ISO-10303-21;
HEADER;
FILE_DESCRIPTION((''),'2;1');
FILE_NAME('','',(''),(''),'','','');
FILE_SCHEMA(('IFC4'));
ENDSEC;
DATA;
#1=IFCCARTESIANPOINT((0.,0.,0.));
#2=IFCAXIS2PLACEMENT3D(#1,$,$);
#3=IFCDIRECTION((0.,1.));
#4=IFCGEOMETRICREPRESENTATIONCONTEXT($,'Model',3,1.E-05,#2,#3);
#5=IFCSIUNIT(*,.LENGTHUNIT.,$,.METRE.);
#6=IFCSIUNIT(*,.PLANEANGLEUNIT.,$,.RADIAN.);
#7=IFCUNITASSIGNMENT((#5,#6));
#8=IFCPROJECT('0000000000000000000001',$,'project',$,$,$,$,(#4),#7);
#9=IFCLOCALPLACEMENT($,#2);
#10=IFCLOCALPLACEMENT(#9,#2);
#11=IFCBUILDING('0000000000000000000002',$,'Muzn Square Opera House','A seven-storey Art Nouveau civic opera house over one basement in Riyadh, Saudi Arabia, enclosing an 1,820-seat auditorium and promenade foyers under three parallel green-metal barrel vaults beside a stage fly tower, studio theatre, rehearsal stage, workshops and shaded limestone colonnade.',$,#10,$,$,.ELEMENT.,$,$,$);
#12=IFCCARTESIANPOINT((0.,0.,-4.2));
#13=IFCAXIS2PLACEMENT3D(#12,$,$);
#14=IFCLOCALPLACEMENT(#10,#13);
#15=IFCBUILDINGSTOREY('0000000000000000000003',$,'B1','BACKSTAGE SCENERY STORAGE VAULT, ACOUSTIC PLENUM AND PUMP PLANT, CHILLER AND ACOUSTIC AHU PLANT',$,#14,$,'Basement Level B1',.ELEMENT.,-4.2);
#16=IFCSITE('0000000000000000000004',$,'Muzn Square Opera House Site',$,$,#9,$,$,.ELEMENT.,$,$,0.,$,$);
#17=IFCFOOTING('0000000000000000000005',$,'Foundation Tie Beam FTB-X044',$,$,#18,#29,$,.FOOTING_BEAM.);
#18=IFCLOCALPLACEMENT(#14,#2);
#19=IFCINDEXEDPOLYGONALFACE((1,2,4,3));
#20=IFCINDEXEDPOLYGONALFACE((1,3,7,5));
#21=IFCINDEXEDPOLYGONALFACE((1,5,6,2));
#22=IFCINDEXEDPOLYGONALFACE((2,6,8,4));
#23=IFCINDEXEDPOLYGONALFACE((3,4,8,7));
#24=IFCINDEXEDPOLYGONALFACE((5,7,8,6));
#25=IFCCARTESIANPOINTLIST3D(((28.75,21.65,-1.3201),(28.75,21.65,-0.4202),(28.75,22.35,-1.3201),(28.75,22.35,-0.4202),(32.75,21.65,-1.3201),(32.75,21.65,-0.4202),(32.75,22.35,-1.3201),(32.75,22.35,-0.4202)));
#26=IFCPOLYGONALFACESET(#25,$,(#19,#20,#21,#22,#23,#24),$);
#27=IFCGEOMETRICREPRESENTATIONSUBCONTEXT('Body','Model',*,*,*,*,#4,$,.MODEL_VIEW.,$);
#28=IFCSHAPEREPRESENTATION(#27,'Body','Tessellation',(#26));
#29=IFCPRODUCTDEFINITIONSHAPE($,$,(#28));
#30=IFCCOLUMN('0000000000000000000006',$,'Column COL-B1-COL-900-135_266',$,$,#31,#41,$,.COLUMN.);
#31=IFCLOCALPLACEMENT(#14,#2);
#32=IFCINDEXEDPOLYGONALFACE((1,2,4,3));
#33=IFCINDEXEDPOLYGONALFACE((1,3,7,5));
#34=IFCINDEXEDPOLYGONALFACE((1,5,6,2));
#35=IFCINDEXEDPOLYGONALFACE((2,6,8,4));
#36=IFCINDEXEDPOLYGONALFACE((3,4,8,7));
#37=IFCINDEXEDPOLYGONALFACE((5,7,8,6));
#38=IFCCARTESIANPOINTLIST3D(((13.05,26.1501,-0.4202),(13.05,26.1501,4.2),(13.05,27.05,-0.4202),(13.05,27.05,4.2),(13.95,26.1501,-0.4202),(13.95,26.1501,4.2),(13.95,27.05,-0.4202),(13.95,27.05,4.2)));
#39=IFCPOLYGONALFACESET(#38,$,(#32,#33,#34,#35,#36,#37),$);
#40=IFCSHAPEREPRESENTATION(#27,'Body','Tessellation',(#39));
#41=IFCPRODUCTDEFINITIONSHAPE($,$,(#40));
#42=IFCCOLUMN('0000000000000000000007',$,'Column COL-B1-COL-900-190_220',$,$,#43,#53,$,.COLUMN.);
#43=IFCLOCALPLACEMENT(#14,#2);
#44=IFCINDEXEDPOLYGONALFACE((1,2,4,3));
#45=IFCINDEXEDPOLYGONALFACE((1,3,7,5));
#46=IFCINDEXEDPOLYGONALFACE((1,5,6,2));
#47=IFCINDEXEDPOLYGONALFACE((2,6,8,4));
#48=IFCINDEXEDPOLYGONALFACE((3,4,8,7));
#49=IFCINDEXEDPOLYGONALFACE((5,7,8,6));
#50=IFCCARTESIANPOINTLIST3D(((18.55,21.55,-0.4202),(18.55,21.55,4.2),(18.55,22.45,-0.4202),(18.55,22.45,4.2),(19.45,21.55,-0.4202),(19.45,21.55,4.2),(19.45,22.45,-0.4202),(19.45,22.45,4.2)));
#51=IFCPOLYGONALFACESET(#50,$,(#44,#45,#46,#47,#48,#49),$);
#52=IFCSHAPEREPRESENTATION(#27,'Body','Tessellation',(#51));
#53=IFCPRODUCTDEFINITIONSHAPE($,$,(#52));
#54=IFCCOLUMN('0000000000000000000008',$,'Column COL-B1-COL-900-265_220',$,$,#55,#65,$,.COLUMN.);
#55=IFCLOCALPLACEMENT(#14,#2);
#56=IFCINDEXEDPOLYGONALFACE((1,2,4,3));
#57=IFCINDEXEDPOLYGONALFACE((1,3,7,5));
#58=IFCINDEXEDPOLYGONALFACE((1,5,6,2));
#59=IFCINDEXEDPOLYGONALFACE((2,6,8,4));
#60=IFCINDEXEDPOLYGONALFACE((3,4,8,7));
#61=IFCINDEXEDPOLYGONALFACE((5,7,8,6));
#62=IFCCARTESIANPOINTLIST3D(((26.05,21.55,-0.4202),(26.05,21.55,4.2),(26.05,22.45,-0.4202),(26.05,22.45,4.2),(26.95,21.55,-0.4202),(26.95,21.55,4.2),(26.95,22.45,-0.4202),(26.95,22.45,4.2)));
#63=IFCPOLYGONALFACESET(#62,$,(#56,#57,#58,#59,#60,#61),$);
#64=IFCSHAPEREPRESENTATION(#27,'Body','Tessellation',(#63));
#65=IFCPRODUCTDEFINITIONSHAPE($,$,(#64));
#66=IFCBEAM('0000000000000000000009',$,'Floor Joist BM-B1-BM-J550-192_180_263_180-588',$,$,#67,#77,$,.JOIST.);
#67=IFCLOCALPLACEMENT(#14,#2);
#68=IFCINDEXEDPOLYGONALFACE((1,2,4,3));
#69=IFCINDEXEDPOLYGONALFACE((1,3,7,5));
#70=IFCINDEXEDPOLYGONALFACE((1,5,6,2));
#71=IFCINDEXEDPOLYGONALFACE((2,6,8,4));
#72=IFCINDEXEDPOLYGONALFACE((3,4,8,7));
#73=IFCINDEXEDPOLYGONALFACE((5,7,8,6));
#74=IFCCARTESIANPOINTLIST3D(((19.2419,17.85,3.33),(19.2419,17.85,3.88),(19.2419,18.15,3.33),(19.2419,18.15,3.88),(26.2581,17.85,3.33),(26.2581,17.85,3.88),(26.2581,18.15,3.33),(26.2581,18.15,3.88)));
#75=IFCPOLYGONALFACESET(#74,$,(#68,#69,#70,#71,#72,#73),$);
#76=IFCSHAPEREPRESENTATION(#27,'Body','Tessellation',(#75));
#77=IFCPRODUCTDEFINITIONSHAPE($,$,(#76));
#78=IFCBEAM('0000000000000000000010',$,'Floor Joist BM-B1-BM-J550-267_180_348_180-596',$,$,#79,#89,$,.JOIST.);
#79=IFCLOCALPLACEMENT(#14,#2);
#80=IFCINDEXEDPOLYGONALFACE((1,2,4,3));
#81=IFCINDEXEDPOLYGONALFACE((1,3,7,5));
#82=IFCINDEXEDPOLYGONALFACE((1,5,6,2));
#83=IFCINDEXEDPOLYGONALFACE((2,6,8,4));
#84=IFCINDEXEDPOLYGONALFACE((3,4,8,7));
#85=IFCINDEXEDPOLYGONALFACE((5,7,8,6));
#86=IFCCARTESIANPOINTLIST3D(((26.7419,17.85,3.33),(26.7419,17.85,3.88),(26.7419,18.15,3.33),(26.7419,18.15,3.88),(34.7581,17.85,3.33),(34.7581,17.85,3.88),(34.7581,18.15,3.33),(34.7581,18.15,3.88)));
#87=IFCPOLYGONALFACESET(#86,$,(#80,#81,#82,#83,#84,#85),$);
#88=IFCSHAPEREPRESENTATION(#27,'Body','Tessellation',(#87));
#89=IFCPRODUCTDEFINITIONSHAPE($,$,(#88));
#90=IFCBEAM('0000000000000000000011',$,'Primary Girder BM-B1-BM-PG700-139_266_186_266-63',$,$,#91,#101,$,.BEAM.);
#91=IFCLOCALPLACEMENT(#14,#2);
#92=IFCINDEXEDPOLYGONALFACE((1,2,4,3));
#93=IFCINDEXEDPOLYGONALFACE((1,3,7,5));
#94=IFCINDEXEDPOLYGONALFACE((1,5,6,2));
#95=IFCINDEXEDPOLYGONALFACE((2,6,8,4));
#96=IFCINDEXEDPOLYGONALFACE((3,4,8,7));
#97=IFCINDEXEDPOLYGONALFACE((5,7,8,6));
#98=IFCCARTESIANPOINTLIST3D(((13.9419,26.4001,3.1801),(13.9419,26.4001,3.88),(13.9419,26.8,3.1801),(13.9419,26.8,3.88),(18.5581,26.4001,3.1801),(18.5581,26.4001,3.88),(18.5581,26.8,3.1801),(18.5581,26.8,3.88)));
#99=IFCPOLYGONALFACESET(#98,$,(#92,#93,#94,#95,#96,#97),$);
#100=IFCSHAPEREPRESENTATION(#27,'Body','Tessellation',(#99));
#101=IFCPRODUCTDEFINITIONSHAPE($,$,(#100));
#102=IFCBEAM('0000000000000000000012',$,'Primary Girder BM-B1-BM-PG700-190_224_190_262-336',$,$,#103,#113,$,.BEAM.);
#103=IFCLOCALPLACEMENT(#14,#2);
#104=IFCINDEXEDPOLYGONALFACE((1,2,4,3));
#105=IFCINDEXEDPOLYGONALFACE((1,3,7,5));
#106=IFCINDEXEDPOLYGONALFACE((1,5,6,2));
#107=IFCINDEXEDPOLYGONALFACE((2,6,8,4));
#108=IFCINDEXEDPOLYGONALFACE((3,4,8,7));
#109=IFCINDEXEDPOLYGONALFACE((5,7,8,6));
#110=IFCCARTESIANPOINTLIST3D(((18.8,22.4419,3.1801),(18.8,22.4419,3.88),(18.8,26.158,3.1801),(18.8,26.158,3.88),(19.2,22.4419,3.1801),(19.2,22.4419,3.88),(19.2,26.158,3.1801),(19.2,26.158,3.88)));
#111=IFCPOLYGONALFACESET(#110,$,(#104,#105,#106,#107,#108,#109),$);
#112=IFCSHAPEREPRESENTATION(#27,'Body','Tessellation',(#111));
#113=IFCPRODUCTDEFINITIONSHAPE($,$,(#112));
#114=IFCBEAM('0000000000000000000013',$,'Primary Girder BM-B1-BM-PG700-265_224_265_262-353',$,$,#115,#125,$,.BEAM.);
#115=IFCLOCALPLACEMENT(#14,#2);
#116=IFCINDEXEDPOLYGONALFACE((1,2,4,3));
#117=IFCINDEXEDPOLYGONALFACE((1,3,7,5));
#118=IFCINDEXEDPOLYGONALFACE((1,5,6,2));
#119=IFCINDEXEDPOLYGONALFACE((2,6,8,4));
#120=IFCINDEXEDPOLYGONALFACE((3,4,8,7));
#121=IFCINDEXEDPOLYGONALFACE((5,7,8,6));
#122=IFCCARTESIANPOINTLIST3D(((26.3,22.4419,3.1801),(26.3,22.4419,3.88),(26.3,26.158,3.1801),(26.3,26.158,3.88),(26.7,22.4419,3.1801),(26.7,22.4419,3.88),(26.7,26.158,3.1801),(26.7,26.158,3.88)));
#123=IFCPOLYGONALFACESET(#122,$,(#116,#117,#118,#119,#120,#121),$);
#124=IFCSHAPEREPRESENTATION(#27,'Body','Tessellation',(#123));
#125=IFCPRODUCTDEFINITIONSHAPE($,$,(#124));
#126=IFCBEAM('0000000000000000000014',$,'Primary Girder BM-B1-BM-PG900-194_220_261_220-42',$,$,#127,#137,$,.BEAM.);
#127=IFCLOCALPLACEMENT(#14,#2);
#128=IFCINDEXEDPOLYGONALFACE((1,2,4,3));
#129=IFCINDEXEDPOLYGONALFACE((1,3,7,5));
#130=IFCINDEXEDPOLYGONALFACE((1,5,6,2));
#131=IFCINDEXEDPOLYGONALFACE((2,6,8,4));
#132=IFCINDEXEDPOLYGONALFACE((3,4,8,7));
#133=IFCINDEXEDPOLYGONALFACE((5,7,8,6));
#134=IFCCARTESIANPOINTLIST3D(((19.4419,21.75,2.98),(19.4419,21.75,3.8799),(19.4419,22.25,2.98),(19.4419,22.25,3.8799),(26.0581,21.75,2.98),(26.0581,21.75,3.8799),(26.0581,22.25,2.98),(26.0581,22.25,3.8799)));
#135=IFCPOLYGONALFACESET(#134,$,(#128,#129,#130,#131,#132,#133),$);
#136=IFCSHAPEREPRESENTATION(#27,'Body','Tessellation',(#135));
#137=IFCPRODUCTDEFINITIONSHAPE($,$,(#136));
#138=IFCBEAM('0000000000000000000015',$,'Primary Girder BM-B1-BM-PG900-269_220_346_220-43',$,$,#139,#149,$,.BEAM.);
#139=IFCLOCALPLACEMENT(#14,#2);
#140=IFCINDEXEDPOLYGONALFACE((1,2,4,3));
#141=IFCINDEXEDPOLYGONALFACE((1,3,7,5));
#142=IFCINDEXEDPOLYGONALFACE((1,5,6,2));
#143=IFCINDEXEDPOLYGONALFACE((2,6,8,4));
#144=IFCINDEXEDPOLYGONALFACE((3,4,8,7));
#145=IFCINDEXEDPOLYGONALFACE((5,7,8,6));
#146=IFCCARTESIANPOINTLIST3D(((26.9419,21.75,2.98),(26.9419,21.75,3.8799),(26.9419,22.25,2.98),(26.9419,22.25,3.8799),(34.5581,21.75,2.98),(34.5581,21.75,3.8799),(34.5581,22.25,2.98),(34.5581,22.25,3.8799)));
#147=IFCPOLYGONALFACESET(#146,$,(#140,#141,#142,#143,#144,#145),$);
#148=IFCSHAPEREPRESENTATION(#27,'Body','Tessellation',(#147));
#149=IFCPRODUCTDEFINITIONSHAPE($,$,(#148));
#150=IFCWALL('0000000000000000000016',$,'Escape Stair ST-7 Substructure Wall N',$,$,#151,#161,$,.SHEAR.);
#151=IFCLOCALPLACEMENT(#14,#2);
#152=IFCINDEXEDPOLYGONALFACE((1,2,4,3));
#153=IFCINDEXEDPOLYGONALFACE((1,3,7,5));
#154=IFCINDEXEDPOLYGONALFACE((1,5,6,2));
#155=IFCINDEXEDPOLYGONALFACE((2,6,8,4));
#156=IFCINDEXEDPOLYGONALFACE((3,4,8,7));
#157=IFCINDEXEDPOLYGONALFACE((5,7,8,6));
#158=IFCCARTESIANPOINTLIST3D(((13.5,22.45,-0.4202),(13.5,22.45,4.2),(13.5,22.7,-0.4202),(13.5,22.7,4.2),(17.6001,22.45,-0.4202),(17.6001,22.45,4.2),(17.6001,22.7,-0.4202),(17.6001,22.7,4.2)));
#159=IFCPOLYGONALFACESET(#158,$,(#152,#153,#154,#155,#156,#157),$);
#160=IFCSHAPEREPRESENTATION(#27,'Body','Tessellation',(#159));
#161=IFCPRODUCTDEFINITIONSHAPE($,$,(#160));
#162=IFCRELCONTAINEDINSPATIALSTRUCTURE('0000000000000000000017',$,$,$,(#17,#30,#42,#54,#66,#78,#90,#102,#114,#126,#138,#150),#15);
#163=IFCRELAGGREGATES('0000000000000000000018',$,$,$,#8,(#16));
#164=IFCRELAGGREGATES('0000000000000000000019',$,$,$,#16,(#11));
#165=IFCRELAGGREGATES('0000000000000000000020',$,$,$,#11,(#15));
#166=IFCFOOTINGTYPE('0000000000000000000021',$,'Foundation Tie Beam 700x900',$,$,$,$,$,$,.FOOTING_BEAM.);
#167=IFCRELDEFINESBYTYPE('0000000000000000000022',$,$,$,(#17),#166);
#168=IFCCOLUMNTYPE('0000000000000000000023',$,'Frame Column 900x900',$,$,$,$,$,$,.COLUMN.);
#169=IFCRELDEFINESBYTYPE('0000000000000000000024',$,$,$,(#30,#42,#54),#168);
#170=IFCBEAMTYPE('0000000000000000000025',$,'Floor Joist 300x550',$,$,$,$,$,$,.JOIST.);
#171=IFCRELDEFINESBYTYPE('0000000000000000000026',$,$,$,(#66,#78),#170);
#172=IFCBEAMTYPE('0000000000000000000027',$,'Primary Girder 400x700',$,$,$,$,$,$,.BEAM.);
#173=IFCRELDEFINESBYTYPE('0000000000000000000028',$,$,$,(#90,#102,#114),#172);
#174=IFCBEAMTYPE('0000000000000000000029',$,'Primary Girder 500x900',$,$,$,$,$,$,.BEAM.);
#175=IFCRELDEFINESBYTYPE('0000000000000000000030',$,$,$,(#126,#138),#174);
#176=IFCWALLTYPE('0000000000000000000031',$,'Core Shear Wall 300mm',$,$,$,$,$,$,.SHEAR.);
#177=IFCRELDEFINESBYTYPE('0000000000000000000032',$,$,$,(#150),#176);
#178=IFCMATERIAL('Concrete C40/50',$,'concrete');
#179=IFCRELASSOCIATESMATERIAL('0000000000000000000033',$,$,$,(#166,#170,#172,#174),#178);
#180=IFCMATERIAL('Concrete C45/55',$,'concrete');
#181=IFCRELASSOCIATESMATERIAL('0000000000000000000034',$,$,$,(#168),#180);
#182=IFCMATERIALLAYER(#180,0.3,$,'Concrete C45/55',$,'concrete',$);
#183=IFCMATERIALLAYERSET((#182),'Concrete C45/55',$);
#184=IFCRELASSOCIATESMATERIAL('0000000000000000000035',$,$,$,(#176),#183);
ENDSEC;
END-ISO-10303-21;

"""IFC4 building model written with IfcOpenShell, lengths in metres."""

from ifc_helpers import new_model, si_unit, direction, frame, frame_2d, origin, origin_2d, place, context, subcontext, project, spatial, rectangle, extrude, material, layer, layer_set, material_profile, profile_set, type_object, element, save


model = new_model("IFC4")

# Units and contexts
model_context = context("Model", 3, precision=1e-05, world=origin(), true_north=direction((0.0, 1.0)))
body_context = subcontext(model_context, "Body", "Model", "MODEL_VIEW")
ifc_project = project(units=[si_unit("LENGTHUNIT", "METRE"), si_unit("PLANEANGLEUNIT", "RADIAN")], contexts=[model_context])

# Site, building, storey
site_placement = place(None, origin())
site = spatial("IfcSite", under=ifc_project, at=site_placement, Name="Muzn Square Opera House Site", CompositionType="ELEMENT", RefElevation=0.0)
building_placement = place(site_placement, origin())
building = spatial("IfcBuilding", under=site, at=building_placement, Name="Muzn Square Opera House", Description="A seven-storey Art Nouveau civic opera house over one basement in Riyadh, Saudi Arabia, enclosing an 1,820-seat auditorium and promenade foyers under three parallel green-metal barrel vaults beside a stage fly tower, studio theatre, rehearsal stage, workshops and shaded limestone colonnade.", CompositionType="ELEMENT")
storey_placement = place(building_placement, frame((0.0, 0.0, -4.2)))
storey = spatial("IfcBuildingStorey", under=building, at=storey_placement, Name="B1", Description="BACKSTAGE SCENERY STORAGE VAULT, ACOUSTIC PLENUM AND PUMP PLANT, CHILLER AND ACOUSTIC AHU PLANT", LongName="Basement Level B1", CompositionType="ELEMENT", Elevation=-4.2)

# Shared definitions
ifc_material_1 = material(Name="Concrete C40/50", Category="concrete")

# Footing
ifc_material_profile_1 = material_profile(ifc_material_1, rectangle(XDim=0.7, YDim=0.8999, at=origin_2d()), Name="RCTB 700x900", Category="concrete")
ifc_profile_set_1 = profile_set([ifc_material_profile_1], Name="Concrete C40/50")
footing_type = type_object("IfcFootingType", Name="Foundation Tie Beam 700x900", PredefinedType="FOOTING_BEAM", material=ifc_profile_set_1)
footing_1_placement = place(storey_placement, frame((28.75, 22.0, -0.8701), z_axis=(1.0, 0.0, 0.0), x_axis=(0.0, 1.0, 0.0)))
element("IfcFooting", 1, at=footing_1_placement, inside=storey, type_object=footing_type, Name="Foundation Tie Beam FTB-X044", PredefinedType="FOOTING_BEAM", context=body_context, shape_type="SweptSolid", body=[
    extrude(rectangle(XDim=0.7, YDim=0.8999, at=origin_2d()), origin(), (0.0, 0.0, 1.0), 4.0),
])

# Columns
ifc_material_2 = material(Name="Concrete C45/55", Category="concrete")
ifc_material_profile_2 = material_profile(ifc_material_2, rectangle(XDim=0.8999, YDim=0.8999, at=origin_2d()), Name="RC 900x900", Category="concrete")
ifc_profile_set_2 = profile_set([ifc_material_profile_2], Name="Concrete C45/55")
column_type = type_object("IfcColumnType", Name="Frame Column 900x900", PredefinedType="COLUMN", material=ifc_profile_set_2)
for number, where, z_axis, x_axis, name in (
    (2, (13.5, 26.6001, -0.4202), (0.0, 0.0, 1.0), (1.0, 0.0, 0.0), "Column COL-B1-COL-900-135_266"),
    (3, (19.0, 22.0, -0.4202), (0.0, 0.0, 1.0), (1.0, 0.0, 0.0), "Column COL-B1-COL-900-190_220"),
    (4, (26.5, 22.0, -0.4202), (0.0, 0.0, 1.0), (1.0, 0.0, 0.0), "Column COL-B1-COL-900-265_220"),
):
    element("IfcColumn", number, at=place(storey_placement, frame(where, z_axis=z_axis, x_axis=x_axis)), inside=storey, type_object=column_type, Name=name, PredefinedType="COLUMN", context=body_context, shape_type="SweptSolid", body=[
        extrude(rectangle(XDim=0.8999, YDim=0.8999, at=origin_2d()), origin(), (0.0, 0.0, 1.0), 4.6201),
    ])

# Beams
ifc_material_profile_3 = material_profile(ifc_material_1, rectangle(XDim=0.3, YDim=0.55, at=origin_2d()), Name="RCJ 300x550", Category="concrete")
ifc_profile_set_3 = profile_set([ifc_material_profile_3], Name="Concrete C40/50")
beam_type_1 = type_object("IfcBeamType", Name="Floor Joist 300x550", PredefinedType="JOIST", material=ifc_profile_set_3)
beam_1_placement = place(storey_placement, frame((19.2419, 18.0, 3.605), z_axis=(1.0, 0.0, 0.0), x_axis=(0.0, 1.0, 0.0)))
element("IfcBeam", 5, at=beam_1_placement, inside=storey, type_object=beam_type_1, Name="Floor Joist BM-B1-BM-J550-192_180_263_180-588", PredefinedType="JOIST", context=body_context, shape_type="SweptSolid", body=[
    extrude(rectangle(XDim=0.3, YDim=0.55, at=origin_2d()), origin(), (0.0, 0.0, 1.0), 7.0161),
])
beam_2_placement = place(storey_placement, frame((26.7419, 18.0, 3.605), z_axis=(1.0, 0.0, 0.0), x_axis=(0.0, 1.0, 0.0)))
element("IfcBeam", 6, at=beam_2_placement, inside=storey, type_object=beam_type_1, Name="Floor Joist BM-B1-BM-J550-267_180_348_180-596", PredefinedType="JOIST", context=body_context, shape_type="SweptSolid", body=[
    extrude(rectangle(XDim=0.3, YDim=0.55, at=origin_2d()), origin(), (0.0, 0.0, 1.0), 8.0161),
])
ifc_material_profile_4 = material_profile(ifc_material_1, rectangle(XDim=0.3999, YDim=0.7, at=origin_2d()), Name="RCB 400x700", Category="concrete")
ifc_profile_set_4 = profile_set([ifc_material_profile_4], Name="Concrete C40/50")
beam_type_2 = type_object("IfcBeamType", Name="Primary Girder 400x700", PredefinedType="BEAM", material=ifc_profile_set_4)
beam_3_placement = place(storey_placement, frame((13.9419, 26.6001, 3.53), z_axis=(1.0, 0.0, 0.0), x_axis=(0.0, 1.0, 0.0)))
element("IfcBeam", 7, at=beam_3_placement, inside=storey, type_object=beam_type_2, Name="Primary Girder BM-B1-BM-PG700-139_266_186_266-63", PredefinedType="BEAM", context=body_context, shape_type="SweptSolid", body=[
    extrude(rectangle(XDim=0.3999, YDim=0.7, at=origin_2d()), origin(), (0.0, 0.0, 1.0), 4.6162),
])
for number, where, z_axis, x_axis, name in (
    (8, (19.0, 22.4419, 3.53), (0.0, 1.0, 0.0), (-1.0, 0.0, 0.0), "Primary Girder BM-B1-BM-PG700-190_224_190_262-336"),
    (9, (26.5, 22.4419, 3.53), (0.0, 1.0, 0.0), (-1.0, 0.0, 0.0), "Primary Girder BM-B1-BM-PG700-265_224_265_262-353"),
):
    element("IfcBeam", number, at=place(storey_placement, frame(where, z_axis=z_axis, x_axis=x_axis)), inside=storey, type_object=beam_type_2, Name=name, PredefinedType="BEAM", context=body_context, shape_type="SweptSolid", body=[
        extrude(rectangle(XDim=0.3999, YDim=0.7, at=origin_2d()), origin(), (0.0, 0.0, 1.0), 3.7161),
    ])
ifc_material_profile_5 = material_profile(ifc_material_1, rectangle(XDim=0.5, YDim=0.8999, at=origin_2d()), Name="RCB 500x900", Category="concrete")
ifc_profile_set_5 = profile_set([ifc_material_profile_5], Name="Concrete C40/50")
beam_type_3 = type_object("IfcBeamType", Name="Primary Girder 500x900", PredefinedType="BEAM", material=ifc_profile_set_5)
beam_4_placement = place(storey_placement, frame((19.4419, 22.0, 3.4299), z_axis=(1.0, 0.0, 0.0), x_axis=(0.0, 1.0, 0.0)))
element("IfcBeam", 10, at=beam_4_placement, inside=storey, type_object=beam_type_3, Name="Primary Girder BM-B1-BM-PG900-194_220_261_220-42", PredefinedType="BEAM", context=body_context, shape_type="SweptSolid", body=[
    extrude(rectangle(XDim=0.5, YDim=0.8999, at=origin_2d()), origin(), (0.0, 0.0, 1.0), 6.6162),
])
beam_5_placement = place(storey_placement, frame((26.9419, 22.0, 3.4299), z_axis=(1.0, 0.0, 0.0), x_axis=(0.0, 1.0, 0.0)))
element("IfcBeam", 11, at=beam_5_placement, inside=storey, type_object=beam_type_3, Name="Primary Girder BM-B1-BM-PG900-269_220_346_220-43", PredefinedType="BEAM", context=body_context, shape_type="SweptSolid", body=[
    extrude(rectangle(XDim=0.5, YDim=0.8999, at=origin_2d()), origin(), (0.0, 0.0, 1.0), 7.6162),
])

# Wall
ifc_layer = layer(ifc_material_2, 0.3, Name="Concrete C45/55", Category="concrete")
ifc_layer_set = layer_set([ifc_layer], Name="Concrete C45/55")
wall_type = type_object("IfcWallType", Name="Core Shear Wall 300mm", PredefinedType="SHEAR", material=ifc_layer_set)
wall_placement = place(storey_placement, frame((13.5, 22.575, -0.4202), z_axis=(0.0, 0.0, 1.0), x_axis=(1.0, 0.0, 0.0)))
element("IfcWall", 12, at=wall_placement, inside=storey, type_object=wall_type, Name="Escape Stair ST-7 Substructure Wall N", PredefinedType="SHEAR", context=body_context, shape_type="SweptSolid", body=[
    extrude(rectangle(XDim=4.1001, YDim=0.25, at=frame_2d((2.05, 0.0))), origin(), (0.0, 0.0, 1.0), 4.6201),
])

save(model, "model.ifc")
